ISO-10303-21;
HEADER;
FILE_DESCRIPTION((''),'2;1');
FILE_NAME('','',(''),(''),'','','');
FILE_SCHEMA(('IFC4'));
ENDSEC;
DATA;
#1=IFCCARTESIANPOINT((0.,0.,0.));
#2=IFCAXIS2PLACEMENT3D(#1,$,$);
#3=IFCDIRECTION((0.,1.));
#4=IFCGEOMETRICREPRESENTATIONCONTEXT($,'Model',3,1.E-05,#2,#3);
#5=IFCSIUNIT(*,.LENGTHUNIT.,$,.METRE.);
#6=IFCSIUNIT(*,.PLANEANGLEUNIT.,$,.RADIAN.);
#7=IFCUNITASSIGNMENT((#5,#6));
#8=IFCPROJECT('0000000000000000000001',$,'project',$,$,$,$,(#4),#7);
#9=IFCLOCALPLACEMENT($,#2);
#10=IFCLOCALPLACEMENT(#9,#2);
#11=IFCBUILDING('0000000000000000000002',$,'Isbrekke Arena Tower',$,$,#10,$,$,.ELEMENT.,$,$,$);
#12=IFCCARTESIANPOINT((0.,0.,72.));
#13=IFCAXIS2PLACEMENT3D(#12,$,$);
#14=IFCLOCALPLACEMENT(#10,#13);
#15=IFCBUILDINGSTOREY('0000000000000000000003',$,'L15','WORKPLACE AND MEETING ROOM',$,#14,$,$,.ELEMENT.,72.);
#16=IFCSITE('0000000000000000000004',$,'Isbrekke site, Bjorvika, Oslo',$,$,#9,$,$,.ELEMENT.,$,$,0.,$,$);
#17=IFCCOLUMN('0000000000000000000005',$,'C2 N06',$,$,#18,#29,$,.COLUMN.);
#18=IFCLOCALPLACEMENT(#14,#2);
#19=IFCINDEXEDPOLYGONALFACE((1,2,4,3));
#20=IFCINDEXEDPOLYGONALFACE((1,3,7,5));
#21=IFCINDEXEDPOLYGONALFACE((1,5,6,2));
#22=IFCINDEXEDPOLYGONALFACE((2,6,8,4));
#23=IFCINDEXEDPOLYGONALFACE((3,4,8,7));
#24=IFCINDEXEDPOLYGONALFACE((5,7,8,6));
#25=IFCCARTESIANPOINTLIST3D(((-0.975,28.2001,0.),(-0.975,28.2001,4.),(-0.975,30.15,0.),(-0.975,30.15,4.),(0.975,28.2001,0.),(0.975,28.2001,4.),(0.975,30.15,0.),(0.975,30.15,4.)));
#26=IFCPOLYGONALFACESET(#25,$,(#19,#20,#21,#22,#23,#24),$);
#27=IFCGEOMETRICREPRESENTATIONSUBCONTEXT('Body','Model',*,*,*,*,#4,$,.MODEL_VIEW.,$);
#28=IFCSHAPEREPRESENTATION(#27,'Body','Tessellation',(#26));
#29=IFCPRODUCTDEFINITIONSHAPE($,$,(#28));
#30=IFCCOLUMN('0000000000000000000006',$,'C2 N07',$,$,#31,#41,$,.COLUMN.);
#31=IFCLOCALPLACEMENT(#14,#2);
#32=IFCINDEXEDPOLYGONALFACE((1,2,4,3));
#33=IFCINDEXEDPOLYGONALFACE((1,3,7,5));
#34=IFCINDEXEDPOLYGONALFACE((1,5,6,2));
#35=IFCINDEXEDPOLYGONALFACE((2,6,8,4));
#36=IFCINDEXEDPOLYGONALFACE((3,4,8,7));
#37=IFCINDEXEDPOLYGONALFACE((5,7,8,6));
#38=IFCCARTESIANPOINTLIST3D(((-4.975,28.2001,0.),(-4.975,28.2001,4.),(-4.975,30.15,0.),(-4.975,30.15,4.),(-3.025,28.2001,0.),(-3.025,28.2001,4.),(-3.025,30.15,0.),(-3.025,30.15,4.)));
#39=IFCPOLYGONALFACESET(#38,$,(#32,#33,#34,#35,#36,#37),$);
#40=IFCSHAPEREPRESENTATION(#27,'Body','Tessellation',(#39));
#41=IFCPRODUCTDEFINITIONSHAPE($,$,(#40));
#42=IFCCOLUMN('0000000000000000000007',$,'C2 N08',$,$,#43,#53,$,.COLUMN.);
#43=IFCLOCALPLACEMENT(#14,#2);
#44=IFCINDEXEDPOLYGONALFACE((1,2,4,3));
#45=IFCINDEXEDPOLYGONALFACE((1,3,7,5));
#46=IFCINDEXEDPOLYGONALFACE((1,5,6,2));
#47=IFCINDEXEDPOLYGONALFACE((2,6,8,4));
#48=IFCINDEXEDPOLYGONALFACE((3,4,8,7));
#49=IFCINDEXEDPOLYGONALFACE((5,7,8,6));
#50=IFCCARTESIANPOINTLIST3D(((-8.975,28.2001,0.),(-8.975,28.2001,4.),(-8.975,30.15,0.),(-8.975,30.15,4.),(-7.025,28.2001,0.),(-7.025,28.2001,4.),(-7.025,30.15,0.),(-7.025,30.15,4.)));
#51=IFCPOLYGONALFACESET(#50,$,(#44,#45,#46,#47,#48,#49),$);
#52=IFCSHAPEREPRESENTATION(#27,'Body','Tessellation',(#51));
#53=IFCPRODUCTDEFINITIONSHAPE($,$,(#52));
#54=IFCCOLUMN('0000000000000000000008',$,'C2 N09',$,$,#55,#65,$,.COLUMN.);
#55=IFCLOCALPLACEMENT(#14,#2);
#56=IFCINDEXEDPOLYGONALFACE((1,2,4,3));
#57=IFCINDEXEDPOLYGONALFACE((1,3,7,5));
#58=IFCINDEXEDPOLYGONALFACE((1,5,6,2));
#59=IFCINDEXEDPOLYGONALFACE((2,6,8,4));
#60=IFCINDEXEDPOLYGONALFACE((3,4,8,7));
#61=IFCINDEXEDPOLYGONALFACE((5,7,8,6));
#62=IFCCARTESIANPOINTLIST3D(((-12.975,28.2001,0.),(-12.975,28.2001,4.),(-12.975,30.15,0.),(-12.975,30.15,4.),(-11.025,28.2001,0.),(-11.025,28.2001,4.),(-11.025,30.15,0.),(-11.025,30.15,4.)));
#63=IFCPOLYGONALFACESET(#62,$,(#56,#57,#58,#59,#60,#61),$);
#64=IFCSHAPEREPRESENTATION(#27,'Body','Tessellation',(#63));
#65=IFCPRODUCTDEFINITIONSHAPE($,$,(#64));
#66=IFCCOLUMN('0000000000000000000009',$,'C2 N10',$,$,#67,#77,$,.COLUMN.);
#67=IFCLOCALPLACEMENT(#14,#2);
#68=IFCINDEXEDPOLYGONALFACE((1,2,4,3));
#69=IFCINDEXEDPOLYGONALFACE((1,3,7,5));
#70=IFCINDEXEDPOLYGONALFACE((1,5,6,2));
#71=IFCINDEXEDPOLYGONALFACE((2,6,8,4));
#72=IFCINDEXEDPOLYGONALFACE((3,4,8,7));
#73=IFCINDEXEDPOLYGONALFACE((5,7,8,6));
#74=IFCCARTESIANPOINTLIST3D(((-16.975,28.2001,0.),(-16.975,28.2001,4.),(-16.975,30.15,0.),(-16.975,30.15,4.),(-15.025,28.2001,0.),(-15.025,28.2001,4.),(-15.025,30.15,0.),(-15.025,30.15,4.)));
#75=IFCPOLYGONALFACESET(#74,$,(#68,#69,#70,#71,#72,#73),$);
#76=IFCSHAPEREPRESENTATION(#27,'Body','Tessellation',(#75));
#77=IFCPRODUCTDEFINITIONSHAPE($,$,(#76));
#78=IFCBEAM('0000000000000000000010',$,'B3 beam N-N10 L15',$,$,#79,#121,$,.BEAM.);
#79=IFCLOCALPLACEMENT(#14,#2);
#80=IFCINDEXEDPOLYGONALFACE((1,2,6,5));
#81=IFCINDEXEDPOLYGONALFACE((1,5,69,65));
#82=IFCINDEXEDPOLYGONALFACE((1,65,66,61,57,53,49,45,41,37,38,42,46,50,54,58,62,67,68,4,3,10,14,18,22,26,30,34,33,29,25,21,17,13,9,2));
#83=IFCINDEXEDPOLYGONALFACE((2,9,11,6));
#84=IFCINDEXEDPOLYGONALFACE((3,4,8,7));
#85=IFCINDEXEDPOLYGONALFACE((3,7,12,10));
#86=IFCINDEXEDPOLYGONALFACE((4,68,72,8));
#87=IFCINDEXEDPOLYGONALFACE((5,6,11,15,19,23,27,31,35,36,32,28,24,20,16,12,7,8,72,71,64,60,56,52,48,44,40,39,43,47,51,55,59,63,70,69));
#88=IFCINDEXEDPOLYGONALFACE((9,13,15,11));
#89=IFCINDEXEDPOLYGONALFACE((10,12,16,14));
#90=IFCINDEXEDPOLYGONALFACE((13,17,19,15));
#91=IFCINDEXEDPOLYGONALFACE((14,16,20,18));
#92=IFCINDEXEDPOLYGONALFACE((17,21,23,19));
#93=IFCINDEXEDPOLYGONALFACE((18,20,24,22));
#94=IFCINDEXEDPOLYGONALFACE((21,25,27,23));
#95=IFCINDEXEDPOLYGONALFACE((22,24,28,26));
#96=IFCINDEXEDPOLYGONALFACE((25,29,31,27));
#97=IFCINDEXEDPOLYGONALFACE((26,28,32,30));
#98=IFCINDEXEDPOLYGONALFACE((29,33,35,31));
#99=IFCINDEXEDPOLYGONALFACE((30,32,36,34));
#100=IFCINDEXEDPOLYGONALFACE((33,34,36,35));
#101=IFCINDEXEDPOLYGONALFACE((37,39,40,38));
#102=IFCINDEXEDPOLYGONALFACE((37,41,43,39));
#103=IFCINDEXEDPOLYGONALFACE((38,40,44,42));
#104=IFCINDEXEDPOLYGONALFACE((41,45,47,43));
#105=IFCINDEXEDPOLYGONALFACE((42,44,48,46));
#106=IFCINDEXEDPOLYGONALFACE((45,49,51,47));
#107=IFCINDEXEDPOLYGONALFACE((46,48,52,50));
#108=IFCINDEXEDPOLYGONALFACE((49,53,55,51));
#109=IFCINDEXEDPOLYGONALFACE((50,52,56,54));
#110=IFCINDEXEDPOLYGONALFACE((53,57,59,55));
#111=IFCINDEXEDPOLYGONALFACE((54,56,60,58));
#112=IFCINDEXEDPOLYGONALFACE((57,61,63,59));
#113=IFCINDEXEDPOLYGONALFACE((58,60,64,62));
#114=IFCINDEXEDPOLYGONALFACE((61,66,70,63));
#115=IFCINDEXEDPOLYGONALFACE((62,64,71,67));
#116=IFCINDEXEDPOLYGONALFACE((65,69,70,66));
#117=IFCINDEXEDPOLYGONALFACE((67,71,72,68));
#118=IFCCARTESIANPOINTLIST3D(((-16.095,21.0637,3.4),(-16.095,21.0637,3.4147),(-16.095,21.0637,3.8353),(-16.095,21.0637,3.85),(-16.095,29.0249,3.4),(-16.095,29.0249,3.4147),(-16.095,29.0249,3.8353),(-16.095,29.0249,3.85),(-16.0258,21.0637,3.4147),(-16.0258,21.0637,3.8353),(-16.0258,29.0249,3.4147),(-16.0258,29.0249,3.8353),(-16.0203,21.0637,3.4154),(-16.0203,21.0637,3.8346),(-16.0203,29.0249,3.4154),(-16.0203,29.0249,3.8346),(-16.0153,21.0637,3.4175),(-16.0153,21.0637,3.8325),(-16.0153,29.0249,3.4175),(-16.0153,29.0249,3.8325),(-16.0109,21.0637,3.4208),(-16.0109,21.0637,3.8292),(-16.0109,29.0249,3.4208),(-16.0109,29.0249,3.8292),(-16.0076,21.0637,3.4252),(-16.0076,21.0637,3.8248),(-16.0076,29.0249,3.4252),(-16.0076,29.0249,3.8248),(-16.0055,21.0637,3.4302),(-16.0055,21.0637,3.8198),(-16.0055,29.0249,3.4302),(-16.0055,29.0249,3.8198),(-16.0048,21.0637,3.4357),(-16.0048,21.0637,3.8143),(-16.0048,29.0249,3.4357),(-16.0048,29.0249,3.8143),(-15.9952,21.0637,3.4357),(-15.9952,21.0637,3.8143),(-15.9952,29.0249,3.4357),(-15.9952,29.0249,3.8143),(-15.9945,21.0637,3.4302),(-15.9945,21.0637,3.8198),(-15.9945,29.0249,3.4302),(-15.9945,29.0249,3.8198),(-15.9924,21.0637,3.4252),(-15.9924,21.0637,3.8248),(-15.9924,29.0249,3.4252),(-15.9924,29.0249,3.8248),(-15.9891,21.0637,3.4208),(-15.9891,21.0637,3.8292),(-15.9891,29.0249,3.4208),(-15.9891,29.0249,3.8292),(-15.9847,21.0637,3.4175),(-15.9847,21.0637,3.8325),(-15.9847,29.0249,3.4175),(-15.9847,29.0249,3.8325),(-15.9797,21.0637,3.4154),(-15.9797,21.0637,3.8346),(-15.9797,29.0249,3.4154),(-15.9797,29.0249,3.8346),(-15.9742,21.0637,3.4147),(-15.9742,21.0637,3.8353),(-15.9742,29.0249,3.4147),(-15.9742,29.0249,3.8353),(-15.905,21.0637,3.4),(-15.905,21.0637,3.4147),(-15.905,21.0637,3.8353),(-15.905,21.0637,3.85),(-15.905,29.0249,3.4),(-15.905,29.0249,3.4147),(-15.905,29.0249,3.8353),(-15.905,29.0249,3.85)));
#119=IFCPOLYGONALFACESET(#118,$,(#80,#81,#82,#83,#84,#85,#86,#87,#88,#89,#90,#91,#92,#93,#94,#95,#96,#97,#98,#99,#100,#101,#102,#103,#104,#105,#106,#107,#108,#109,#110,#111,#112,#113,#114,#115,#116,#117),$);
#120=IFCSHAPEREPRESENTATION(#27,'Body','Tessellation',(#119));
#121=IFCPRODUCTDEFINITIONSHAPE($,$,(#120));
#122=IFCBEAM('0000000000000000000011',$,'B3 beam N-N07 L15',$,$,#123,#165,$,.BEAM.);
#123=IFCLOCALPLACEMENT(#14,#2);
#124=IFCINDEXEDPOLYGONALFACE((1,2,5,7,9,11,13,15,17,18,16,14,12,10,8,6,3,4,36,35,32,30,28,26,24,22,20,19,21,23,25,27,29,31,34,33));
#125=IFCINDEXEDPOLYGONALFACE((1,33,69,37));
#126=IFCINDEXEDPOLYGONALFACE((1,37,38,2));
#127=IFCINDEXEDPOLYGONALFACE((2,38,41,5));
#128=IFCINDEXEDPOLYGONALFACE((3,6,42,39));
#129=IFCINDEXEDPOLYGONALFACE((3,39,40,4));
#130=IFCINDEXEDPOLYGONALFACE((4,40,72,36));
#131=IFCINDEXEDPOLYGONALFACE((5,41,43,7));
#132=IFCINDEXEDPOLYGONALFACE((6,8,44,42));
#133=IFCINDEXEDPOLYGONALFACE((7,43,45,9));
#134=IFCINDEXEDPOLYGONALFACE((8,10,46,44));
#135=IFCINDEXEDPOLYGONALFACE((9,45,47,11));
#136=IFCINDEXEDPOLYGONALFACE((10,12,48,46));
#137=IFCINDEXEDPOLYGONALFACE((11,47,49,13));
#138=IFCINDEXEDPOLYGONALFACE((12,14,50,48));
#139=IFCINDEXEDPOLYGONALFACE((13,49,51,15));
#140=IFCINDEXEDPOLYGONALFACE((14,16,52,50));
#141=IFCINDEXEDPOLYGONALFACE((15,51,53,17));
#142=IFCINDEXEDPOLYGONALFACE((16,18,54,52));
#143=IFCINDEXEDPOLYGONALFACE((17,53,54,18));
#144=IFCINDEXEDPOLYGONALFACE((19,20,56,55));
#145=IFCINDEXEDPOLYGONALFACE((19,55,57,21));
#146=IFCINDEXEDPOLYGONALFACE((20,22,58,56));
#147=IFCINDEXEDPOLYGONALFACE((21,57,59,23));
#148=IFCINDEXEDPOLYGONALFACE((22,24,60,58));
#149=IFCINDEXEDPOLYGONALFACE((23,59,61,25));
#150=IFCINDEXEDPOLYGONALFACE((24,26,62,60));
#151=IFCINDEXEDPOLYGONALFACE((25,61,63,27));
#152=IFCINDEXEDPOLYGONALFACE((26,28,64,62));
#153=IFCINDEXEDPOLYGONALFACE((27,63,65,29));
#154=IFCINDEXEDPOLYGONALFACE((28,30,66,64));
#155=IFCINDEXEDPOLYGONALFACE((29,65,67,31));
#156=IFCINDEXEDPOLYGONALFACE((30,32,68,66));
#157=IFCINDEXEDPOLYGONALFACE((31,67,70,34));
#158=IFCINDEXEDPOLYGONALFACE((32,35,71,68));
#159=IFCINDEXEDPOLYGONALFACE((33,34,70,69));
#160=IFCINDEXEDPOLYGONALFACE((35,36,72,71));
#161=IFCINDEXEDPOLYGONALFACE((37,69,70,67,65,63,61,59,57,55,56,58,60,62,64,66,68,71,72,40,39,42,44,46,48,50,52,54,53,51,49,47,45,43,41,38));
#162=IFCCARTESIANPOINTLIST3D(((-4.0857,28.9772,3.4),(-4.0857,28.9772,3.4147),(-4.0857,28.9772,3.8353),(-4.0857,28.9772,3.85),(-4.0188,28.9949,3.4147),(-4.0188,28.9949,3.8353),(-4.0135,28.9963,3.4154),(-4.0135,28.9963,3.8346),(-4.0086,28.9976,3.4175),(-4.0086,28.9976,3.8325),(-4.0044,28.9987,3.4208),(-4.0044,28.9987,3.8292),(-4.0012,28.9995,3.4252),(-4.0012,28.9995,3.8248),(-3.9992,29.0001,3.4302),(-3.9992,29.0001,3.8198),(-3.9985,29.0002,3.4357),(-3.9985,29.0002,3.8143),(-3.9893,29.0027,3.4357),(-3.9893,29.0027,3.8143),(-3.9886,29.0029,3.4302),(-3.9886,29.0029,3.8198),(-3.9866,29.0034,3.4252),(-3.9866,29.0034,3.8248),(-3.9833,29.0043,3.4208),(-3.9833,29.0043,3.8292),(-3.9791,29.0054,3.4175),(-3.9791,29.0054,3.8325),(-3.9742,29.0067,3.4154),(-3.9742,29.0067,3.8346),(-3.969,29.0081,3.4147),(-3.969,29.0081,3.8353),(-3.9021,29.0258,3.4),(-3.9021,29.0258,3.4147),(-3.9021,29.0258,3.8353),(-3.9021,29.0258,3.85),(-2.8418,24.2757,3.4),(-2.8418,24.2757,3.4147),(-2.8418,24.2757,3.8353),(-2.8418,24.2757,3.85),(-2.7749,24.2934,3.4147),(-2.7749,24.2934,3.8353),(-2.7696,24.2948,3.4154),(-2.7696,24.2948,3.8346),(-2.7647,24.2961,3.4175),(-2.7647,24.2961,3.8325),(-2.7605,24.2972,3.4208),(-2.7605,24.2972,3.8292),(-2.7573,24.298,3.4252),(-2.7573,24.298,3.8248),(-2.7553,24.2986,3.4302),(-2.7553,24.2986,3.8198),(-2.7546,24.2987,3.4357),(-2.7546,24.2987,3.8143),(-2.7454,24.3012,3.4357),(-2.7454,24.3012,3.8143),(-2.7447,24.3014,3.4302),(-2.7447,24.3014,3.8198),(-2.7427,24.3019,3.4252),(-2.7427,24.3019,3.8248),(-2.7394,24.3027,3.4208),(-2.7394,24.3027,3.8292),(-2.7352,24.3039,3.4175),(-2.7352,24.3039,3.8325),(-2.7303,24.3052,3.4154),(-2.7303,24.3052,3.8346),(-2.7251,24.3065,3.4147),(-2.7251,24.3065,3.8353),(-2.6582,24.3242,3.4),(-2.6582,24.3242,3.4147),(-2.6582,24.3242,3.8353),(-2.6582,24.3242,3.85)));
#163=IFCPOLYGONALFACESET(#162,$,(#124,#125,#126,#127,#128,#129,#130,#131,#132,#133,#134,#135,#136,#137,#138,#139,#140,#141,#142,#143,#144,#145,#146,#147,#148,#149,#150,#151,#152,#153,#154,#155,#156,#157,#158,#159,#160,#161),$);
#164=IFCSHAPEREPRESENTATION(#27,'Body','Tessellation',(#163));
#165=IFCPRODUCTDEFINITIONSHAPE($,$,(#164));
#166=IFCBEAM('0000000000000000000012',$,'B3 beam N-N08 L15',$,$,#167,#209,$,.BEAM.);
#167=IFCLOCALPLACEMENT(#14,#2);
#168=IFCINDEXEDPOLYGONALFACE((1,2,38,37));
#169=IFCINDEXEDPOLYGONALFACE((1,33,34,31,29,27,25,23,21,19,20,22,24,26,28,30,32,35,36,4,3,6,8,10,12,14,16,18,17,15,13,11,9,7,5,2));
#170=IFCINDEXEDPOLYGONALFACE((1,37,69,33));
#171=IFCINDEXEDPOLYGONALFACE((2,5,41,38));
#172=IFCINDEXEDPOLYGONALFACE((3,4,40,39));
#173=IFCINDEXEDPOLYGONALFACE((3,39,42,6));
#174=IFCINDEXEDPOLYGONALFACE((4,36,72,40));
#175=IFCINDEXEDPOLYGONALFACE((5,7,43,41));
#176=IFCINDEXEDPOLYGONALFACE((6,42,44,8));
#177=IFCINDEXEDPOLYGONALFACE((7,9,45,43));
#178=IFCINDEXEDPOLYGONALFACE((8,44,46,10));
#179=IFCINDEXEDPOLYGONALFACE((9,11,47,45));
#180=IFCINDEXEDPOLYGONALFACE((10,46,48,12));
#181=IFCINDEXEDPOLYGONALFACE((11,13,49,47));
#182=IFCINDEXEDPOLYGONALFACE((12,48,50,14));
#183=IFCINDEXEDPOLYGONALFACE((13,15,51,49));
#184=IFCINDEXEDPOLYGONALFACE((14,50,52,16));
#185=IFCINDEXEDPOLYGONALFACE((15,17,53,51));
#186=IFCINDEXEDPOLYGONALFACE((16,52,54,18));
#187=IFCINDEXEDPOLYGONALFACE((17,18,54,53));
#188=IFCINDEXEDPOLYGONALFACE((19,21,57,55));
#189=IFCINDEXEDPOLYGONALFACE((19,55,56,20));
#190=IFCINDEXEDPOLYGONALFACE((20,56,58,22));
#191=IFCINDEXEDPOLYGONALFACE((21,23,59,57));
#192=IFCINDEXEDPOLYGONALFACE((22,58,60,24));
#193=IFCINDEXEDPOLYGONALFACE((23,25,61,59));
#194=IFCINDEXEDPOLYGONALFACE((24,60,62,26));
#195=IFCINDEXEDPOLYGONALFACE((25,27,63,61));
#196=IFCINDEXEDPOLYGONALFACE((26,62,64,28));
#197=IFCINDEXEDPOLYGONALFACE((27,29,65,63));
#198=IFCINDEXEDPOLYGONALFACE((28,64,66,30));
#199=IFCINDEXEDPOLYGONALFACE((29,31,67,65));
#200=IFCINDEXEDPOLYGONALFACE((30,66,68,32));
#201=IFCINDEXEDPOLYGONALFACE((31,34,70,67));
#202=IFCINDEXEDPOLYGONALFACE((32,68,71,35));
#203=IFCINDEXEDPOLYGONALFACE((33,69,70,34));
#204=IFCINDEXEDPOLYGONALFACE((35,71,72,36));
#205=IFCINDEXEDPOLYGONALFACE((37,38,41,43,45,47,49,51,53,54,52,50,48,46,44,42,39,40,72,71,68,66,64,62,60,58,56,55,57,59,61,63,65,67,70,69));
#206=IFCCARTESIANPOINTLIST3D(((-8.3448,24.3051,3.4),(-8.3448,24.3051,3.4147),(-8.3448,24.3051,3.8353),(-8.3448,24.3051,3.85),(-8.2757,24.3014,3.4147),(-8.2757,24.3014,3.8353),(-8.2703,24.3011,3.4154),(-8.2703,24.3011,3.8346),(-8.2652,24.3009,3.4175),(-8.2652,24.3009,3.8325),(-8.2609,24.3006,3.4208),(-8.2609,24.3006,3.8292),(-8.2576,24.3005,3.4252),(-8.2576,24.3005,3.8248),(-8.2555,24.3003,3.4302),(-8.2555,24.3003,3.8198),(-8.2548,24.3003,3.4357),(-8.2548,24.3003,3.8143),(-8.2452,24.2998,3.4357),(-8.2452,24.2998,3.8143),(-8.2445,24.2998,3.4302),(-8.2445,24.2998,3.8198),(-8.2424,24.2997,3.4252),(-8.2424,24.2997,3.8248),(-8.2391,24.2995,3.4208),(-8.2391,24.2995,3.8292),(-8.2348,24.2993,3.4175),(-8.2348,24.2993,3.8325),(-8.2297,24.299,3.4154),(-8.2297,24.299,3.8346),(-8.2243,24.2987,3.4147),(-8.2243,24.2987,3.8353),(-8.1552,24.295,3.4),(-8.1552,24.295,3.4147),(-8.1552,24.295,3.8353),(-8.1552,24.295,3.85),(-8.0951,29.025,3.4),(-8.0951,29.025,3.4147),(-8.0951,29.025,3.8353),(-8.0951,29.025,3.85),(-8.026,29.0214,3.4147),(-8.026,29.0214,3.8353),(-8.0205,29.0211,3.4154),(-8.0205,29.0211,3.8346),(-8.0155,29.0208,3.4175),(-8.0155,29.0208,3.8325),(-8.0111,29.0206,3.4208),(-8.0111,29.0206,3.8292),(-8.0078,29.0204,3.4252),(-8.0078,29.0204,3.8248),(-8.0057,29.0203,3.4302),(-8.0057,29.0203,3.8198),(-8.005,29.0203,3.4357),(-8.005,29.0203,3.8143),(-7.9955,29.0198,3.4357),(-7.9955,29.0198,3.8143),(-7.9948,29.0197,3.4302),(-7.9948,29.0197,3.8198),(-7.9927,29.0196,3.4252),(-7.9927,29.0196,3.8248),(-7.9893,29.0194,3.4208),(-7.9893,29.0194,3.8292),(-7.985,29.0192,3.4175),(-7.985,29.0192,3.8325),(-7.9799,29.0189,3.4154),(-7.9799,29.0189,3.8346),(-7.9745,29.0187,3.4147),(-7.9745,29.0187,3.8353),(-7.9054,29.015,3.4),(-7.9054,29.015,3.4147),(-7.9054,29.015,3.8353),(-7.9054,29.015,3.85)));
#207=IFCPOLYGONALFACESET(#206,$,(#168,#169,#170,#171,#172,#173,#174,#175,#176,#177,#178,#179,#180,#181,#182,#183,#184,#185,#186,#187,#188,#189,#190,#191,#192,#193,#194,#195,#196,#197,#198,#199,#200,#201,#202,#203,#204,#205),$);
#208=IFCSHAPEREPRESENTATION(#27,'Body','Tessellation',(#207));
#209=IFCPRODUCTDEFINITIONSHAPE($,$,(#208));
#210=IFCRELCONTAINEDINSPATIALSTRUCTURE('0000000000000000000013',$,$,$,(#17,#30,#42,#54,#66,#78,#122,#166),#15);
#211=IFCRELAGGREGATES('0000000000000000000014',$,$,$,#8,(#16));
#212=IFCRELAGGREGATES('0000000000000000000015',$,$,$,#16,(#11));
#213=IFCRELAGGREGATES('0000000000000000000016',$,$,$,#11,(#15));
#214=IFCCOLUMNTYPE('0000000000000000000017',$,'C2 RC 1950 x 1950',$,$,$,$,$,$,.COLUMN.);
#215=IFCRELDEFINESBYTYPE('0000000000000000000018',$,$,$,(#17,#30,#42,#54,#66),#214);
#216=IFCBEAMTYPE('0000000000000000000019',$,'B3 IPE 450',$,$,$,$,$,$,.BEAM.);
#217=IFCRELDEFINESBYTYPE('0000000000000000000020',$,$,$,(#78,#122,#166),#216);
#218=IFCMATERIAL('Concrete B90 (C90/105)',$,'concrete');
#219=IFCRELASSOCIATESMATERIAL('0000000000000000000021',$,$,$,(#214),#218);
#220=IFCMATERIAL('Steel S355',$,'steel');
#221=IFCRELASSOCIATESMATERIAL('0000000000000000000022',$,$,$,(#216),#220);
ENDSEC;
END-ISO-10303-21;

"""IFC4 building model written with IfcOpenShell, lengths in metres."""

from ifc_helpers import new_model, si_unit, direction, frame, origin, origin_2d, place, context, subcontext, project, spatial, rectangle, i_section, extrude, material, material_profile, profile_set, type_object, element, save


model = new_model("IFC4")

# Units and contexts
model_context = context("Model", 3, precision=1e-05, world=origin(), true_north=direction((0.0, 1.0)))
body_context = subcontext(model_context, "Body", "Model", "MODEL_VIEW")
ifc_project = project(units=[si_unit("LENGTHUNIT", "METRE"), si_unit("PLANEANGLEUNIT", "RADIAN")], contexts=[model_context])

# Site, building, storey
site_placement = place(None, origin())
site = spatial("IfcSite", under=ifc_project, at=site_placement, Name="Isbrekke site, Bjorvika, Oslo", CompositionType="ELEMENT", RefElevation=0.0)
building_placement = place(site_placement, origin())
building = spatial("IfcBuilding", under=site, at=building_placement, Name="Isbrekke Arena Tower", CompositionType="ELEMENT")
storey_placement = place(building_placement, frame((0.0, 0.0, 72.0)))
storey = spatial("IfcBuildingStorey", under=building, at=storey_placement, Name="L15", Description="WORKPLACE AND MEETING ROOM", CompositionType="ELEMENT", Elevation=72.0)

# Columns
ifc_material_1 = material(Name="Concrete B90 (C90/105)", Category="concrete")
ifc_material_profile_1 = material_profile(ifc_material_1, rectangle(XDim=1.95, YDim=1.95, at=origin_2d()), Name="RC 1950x1950")
ifc_profile_set_1 = profile_set([ifc_material_profile_1], Name="Concrete B90 (C90/105)")
column_type = type_object("IfcColumnType", Name="C2 RC 1950 x 1950", PredefinedType="COLUMN", material=ifc_profile_set_1)
for number, where, z_axis, x_axis, name in (
    (1, (0.0, 29.175, 0.0), (0.0, 0.0, 1.0), (-1.0, 0.0, 0.0), "C2 N06"),
    (2, (-4.0, 29.175, 0.0), (0.0, 0.0, 1.0), (-1.0, 0.0, 0.0), "C2 N07"),
    (3, (-8.0, 29.175, 0.0), (0.0, 0.0, 1.0), (-1.0, 0.0, 0.0), "C2 N08"),
    (4, (-12.0, 29.175, 0.0), (0.0, 0.0, 1.0), (-1.0, 0.0, 0.0), "C2 N09"),
    (5, (-16.0, 29.175, 0.0), (0.0, 0.0, 1.0), (-1.0, 0.0, 0.0), "C2 N10"),
):
    element("IfcColumn", number, at=place(storey_placement, frame(where, z_axis=z_axis, x_axis=x_axis)), inside=storey, type_object=column_type, Name=name, PredefinedType="COLUMN", context=body_context, shape_type="SweptSolid", body=[
        extrude(rectangle(XDim=1.95, YDim=1.95, at=origin_2d()), origin(), (0.0, 0.0, 1.0), 4.0),
    ])

# Beams
ifc_material_2 = material(Name="Steel S355", Category="steel")
ifc_material_profile_2 = material_profile(ifc_material_2, i_section(OverallWidth=0.1899, OverallDepth=0.45, WebThickness=0.0095, FlangeThickness=0.0146, FilletRadius=0.021, at=origin_2d()), Name="IPE 450")
ifc_profile_set_2 = profile_set([ifc_material_profile_2], Name="Steel S355")
beam_type_1 = type_object("IfcBeamType", Name="B3 IPE 450", PredefinedType="BEAM", material=ifc_profile_set_2)
beam_1_placement = place(storey_placement, frame((-16.0, 29.0249, 3.625), z_axis=(0.0, -1.0, 0.0), x_axis=(1.0, 0.0, 0.0)))
element("IfcBeam", 6, at=beam_1_placement, inside=storey, type_object=beam_type_1, Name="B3 beam N-N10 L15", PredefinedType="BEAM", context=body_context, shape_type="SweptSolid", body=[
    extrude(i_section(OverallWidth=0.1899, OverallDepth=0.45, WebThickness=0.0095, FlangeThickness=0.0146, FilletRadius=0.021, at=origin_2d()), origin(), (0.0, 0.0, 1.0), 7.9612),
])
beam_2_placement = place(storey_placement, frame((-3.9939, 29.0015, 3.625), z_axis=(0.255778, -0.966736, 0.0), x_axis=(0.966736, 0.255778, 0.0)))
element("IfcBeam", 7, at=beam_2_placement, inside=storey, type_object=beam_type_1, Name="B3 beam N-N07 L15", PredefinedType="BEAM", context=body_context, shape_type="SweptSolid", body=[
    extrude(i_section(OverallWidth=0.1899, OverallDepth=0.45, WebThickness=0.0095, FlangeThickness=0.0146, FilletRadius=0.021, at=origin_2d()), origin(), (0.0, 0.0, 1.0), 4.8633),
])
beam_3_placement = place(storey_placement, frame((-8.0002, 29.02, 3.625), z_axis=(-0.052841, -0.998603, 0.0), x_axis=(0.998603, -0.052841, 0.0)))
element("IfcBeam", 8, at=beam_3_placement, inside=storey, type_object=beam_type_1, Name="B3 beam N-N08 L15", PredefinedType="BEAM", context=body_context, shape_type="SweptSolid", body=[
    extrude(i_section(OverallWidth=0.1899, OverallDepth=0.45, WebThickness=0.0095, FlangeThickness=0.0146, FilletRadius=0.021, at=origin_2d()), origin(), (0.0, 0.0, 1.0), 4.7266),
])

save(model, "model.ifc")
